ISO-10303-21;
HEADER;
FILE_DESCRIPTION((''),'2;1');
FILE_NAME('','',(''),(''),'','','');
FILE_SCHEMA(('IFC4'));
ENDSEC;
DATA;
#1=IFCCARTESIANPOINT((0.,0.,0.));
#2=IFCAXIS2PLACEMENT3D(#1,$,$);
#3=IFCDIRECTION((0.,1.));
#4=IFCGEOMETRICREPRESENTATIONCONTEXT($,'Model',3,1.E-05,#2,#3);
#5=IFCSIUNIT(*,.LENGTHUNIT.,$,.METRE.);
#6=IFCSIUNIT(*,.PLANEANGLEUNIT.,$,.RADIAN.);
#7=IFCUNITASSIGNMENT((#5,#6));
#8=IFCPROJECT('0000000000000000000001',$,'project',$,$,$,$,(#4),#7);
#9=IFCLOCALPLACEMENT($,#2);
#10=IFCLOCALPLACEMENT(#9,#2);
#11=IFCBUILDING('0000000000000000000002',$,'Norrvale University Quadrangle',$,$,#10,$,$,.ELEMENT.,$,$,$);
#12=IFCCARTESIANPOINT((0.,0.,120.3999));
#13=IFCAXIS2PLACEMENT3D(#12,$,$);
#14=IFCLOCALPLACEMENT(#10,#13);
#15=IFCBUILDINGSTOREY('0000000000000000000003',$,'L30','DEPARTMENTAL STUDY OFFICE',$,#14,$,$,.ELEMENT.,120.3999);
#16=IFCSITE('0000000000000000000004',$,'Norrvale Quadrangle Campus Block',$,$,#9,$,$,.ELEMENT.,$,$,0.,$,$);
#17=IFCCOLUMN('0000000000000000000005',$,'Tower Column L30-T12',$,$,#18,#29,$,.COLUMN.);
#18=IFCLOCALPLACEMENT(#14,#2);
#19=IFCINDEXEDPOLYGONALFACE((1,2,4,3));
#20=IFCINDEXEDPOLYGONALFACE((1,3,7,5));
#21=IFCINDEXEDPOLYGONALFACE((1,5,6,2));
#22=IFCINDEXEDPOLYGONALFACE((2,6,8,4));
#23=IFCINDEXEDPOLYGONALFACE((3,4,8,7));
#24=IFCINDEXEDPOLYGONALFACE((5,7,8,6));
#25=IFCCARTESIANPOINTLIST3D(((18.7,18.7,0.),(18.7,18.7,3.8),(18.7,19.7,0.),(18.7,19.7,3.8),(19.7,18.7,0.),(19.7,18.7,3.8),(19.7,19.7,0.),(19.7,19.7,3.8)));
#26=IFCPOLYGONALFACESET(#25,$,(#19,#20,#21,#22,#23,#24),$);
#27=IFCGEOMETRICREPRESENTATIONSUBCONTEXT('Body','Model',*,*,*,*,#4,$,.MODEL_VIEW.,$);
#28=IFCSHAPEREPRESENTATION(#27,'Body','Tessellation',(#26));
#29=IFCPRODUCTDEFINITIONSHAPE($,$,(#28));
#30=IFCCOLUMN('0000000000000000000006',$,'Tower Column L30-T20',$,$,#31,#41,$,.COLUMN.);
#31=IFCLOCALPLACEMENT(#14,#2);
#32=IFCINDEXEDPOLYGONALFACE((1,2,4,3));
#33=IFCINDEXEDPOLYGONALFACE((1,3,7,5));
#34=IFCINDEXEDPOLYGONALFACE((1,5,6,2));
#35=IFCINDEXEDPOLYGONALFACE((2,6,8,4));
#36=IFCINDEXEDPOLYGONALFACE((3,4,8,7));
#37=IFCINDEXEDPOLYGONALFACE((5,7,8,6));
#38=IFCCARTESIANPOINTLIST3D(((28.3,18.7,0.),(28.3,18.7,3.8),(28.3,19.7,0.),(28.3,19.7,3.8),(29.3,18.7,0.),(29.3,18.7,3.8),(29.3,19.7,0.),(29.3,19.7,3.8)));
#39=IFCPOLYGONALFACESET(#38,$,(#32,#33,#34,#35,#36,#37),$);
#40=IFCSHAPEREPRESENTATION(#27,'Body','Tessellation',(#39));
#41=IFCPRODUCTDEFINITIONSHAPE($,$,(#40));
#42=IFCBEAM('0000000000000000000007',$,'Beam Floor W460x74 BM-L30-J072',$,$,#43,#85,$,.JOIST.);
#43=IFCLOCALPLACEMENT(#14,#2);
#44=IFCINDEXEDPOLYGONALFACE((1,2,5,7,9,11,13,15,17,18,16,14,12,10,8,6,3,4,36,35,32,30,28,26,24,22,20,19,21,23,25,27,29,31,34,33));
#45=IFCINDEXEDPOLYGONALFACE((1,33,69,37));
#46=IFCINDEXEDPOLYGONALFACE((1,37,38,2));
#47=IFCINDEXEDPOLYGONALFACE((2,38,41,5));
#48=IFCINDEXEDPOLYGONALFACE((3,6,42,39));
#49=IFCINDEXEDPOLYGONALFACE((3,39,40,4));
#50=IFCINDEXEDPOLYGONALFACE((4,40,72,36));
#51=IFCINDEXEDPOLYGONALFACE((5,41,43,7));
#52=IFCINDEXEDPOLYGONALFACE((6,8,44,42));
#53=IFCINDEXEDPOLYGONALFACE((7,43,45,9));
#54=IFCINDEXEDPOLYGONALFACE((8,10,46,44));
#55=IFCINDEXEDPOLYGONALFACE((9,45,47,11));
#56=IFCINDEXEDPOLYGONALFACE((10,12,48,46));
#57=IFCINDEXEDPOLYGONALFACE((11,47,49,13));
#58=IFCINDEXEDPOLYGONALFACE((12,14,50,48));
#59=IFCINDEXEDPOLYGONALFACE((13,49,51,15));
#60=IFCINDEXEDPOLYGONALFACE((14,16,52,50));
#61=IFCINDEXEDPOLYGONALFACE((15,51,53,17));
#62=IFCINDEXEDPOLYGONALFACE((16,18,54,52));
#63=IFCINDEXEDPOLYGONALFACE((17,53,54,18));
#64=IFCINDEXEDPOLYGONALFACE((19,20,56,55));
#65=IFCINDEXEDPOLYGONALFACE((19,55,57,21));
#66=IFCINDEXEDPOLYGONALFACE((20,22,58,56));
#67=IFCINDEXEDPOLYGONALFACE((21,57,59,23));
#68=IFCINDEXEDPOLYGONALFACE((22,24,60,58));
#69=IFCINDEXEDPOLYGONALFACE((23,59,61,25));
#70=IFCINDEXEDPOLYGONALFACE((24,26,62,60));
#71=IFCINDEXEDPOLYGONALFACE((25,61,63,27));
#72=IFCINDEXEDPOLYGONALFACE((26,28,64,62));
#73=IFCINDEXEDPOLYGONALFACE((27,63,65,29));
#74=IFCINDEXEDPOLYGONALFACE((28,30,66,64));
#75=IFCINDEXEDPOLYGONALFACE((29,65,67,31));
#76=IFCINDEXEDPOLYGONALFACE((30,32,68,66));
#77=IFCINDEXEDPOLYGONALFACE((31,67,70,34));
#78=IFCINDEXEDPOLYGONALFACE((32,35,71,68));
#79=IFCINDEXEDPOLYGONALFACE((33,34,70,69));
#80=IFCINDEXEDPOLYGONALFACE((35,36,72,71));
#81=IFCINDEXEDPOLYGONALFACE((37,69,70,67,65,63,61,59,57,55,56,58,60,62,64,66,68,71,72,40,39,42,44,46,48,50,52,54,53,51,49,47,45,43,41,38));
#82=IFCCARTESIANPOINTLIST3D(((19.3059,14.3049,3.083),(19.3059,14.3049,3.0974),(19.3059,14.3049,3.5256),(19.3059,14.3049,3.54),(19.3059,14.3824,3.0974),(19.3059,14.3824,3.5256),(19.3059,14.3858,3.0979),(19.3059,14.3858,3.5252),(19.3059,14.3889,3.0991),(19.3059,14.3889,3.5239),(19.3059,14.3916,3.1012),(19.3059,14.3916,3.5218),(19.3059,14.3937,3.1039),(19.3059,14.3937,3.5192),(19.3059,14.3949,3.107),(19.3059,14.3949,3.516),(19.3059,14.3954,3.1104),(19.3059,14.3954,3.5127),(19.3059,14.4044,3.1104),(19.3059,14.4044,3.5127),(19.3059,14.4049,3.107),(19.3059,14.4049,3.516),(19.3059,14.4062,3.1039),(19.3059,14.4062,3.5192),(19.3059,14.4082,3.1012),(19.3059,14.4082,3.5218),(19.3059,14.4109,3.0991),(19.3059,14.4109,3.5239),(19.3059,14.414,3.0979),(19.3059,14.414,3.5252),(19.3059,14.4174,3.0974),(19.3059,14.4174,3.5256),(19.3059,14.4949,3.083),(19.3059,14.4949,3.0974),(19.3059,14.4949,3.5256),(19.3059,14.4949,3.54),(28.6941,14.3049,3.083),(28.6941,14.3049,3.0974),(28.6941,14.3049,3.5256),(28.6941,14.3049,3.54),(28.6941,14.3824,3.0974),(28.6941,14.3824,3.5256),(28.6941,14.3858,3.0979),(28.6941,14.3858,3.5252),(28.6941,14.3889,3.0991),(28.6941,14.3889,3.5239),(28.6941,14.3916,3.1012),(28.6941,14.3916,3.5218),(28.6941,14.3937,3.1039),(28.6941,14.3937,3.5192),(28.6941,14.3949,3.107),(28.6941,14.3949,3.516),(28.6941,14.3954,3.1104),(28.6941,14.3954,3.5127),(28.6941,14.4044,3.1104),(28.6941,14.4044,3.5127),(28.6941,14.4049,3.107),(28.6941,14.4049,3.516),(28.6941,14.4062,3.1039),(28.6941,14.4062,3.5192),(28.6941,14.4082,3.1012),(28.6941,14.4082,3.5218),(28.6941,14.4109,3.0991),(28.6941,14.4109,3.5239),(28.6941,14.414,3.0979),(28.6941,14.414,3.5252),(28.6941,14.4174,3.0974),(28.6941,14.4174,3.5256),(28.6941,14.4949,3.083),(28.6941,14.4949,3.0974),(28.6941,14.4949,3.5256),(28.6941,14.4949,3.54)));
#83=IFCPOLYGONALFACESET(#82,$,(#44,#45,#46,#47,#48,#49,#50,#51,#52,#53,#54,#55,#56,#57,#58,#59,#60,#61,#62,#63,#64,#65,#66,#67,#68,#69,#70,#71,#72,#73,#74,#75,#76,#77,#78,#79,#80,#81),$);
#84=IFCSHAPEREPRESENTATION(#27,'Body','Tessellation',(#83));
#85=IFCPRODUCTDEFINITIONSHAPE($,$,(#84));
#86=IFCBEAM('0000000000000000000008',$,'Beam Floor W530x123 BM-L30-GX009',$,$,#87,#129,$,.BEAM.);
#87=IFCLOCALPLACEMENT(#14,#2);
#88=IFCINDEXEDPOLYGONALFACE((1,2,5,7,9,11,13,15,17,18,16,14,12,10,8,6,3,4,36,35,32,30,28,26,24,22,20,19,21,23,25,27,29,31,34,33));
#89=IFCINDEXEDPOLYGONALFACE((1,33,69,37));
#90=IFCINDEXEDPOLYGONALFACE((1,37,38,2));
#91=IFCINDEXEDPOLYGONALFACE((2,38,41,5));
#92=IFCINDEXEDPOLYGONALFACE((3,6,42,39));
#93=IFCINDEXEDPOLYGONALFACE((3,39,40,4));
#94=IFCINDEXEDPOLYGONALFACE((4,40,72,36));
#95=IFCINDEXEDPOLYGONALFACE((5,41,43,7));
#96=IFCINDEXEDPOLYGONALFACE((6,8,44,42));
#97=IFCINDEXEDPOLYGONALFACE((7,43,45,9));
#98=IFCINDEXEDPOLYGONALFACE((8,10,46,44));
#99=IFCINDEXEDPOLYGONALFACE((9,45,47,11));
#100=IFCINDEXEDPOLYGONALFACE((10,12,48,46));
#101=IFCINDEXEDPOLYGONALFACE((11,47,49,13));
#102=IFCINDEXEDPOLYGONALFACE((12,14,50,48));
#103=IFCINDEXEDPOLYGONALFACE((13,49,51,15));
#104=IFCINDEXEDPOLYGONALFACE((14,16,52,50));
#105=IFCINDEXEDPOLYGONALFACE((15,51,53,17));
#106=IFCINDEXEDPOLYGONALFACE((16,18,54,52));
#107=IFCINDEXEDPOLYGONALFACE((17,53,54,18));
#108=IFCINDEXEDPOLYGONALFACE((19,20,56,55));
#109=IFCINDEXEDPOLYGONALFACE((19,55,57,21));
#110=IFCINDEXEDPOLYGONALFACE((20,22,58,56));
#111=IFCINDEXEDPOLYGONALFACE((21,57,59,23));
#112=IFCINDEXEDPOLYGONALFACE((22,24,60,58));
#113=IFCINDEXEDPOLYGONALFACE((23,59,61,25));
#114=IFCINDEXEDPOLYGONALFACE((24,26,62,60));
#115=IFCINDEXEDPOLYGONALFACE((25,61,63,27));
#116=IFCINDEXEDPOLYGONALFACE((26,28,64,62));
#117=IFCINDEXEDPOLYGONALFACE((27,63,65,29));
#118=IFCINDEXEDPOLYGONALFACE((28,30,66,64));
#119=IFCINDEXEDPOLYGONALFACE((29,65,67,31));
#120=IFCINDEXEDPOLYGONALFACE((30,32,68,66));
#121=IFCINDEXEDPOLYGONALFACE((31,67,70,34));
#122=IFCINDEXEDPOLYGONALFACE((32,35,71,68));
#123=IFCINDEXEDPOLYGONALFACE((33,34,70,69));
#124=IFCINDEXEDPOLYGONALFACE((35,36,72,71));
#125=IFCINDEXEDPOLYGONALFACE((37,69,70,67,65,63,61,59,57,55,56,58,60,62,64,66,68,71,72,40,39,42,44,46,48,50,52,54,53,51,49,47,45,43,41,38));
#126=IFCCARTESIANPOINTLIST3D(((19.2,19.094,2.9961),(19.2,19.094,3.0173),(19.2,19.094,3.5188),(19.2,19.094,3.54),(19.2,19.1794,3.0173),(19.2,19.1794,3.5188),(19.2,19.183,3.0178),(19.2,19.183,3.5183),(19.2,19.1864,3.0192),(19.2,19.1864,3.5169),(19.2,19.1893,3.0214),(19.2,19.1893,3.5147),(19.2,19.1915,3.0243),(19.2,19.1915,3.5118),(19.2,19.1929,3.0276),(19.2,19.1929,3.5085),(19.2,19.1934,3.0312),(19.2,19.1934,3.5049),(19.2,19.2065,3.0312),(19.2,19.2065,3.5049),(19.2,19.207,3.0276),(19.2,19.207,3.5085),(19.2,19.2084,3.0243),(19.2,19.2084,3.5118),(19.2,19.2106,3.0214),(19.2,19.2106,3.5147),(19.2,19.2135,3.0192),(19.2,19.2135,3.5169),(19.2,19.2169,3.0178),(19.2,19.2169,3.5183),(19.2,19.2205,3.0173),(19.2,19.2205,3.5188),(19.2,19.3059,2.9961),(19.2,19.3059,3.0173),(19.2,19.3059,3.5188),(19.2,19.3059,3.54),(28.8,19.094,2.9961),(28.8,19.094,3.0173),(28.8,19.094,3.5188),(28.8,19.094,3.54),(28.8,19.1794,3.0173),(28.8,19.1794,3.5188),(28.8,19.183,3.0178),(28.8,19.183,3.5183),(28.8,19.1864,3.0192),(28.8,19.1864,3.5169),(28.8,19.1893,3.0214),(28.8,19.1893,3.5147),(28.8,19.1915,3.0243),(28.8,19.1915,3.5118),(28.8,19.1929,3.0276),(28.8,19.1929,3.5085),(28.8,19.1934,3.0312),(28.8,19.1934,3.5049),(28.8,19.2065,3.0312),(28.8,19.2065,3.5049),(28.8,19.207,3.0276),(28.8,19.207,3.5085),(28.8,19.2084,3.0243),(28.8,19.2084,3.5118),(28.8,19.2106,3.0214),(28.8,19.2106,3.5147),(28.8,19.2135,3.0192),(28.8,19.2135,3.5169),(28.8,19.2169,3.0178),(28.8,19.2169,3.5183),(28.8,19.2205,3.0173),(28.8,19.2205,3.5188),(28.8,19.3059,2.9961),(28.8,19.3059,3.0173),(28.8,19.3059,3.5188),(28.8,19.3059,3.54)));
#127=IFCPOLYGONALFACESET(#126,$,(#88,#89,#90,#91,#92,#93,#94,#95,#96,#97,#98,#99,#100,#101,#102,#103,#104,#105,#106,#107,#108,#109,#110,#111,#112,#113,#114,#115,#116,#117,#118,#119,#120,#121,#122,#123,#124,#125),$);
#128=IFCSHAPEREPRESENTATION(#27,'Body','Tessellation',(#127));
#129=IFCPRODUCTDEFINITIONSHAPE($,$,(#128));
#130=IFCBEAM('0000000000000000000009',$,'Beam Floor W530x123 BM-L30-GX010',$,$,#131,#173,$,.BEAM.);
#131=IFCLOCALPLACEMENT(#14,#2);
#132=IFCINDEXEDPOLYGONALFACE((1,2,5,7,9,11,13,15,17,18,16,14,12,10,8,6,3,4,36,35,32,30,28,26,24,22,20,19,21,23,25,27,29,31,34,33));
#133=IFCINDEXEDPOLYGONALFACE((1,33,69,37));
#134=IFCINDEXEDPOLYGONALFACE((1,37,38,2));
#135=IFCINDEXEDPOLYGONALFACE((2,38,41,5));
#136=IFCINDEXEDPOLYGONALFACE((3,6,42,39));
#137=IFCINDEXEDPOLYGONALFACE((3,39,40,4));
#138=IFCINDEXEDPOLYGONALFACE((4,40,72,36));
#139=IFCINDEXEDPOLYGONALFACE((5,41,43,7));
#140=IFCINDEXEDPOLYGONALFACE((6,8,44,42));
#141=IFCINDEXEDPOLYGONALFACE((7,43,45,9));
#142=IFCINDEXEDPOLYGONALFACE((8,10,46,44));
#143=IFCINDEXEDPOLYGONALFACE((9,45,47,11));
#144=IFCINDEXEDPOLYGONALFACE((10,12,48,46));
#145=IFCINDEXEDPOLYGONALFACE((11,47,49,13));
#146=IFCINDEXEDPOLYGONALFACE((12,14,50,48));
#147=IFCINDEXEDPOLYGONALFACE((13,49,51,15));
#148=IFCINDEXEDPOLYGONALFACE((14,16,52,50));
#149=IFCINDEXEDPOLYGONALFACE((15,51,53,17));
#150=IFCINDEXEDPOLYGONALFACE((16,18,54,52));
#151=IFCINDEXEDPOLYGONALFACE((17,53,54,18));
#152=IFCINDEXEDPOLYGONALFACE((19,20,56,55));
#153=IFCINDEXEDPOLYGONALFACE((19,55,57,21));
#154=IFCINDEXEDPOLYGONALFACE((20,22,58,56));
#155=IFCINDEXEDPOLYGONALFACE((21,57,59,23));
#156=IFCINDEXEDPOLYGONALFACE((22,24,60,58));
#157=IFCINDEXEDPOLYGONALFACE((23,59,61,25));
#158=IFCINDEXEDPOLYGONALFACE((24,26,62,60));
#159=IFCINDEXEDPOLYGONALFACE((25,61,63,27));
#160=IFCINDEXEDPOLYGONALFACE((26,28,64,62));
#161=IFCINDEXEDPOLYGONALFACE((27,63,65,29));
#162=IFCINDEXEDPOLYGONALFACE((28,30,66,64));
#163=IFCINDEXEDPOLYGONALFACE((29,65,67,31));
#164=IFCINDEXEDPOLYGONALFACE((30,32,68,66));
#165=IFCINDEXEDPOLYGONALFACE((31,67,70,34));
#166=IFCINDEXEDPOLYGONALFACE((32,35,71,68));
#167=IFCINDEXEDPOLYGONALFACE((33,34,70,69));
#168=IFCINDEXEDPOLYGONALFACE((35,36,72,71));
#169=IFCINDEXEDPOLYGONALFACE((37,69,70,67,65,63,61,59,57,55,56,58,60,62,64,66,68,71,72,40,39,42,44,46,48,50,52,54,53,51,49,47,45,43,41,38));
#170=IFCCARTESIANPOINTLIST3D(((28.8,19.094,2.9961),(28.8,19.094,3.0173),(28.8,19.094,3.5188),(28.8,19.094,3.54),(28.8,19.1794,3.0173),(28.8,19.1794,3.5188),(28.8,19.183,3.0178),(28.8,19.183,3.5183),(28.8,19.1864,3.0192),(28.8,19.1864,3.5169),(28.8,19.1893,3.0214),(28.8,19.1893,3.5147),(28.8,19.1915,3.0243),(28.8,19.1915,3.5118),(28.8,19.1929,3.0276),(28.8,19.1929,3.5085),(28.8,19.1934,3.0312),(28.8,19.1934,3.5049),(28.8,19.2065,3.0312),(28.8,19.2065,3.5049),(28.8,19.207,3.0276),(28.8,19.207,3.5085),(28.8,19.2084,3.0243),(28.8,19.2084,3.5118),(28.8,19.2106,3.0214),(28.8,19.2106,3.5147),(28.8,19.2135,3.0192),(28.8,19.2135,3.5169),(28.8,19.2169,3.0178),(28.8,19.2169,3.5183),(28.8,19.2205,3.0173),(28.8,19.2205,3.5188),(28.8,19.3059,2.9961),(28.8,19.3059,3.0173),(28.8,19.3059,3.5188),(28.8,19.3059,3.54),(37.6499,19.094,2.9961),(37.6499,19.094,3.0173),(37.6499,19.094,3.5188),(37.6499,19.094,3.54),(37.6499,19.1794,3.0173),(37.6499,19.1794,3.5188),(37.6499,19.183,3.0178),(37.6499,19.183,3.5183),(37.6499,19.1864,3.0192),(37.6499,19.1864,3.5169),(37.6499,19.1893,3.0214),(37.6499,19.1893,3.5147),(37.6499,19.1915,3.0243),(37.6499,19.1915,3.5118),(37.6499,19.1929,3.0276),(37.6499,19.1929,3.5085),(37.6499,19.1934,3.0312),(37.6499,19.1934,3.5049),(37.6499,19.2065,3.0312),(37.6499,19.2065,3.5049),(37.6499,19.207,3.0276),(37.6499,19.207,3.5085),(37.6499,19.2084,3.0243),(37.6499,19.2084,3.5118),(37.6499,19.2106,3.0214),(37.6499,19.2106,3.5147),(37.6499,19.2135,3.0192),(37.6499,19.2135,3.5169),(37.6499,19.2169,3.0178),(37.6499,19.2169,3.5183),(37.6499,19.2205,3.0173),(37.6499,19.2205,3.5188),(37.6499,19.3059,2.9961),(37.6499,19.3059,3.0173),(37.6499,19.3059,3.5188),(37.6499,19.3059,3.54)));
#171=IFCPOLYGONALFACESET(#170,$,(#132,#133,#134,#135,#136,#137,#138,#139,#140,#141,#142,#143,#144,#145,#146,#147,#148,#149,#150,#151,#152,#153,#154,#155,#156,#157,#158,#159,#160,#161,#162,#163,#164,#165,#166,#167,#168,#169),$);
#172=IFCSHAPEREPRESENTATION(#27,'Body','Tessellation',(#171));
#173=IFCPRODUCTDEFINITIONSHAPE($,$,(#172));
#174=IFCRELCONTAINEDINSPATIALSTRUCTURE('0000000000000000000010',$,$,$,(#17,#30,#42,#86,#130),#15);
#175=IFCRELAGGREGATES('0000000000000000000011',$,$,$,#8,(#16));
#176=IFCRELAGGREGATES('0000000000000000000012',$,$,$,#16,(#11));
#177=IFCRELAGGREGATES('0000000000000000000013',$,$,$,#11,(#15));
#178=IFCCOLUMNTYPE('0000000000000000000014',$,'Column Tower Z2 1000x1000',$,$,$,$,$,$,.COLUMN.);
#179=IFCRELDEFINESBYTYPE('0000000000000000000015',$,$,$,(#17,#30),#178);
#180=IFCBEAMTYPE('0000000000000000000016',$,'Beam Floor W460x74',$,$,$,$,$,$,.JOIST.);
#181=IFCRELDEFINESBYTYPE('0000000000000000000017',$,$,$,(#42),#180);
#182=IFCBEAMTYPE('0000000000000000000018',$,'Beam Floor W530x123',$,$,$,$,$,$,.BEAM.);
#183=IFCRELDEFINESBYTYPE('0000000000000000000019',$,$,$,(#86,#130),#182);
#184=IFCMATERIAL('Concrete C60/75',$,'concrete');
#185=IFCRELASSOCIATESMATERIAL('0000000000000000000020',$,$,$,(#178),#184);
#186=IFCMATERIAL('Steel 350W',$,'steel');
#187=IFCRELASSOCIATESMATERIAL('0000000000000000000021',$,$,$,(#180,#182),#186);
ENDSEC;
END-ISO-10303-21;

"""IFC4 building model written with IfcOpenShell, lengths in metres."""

from ifc_helpers import new_model, si_unit, direction, frame, origin, origin_2d, place, context, subcontext, project, spatial, rectangle, i_section, extrude, material, material_profile, profile_set, type_object, element, save


model = new_model("IFC4")

# Units and contexts
model_context = context("Model", 3, precision=1e-05, world=origin(), true_north=direction((0.0, 1.0)))
body_context = subcontext(model_context, "Body", "Model", "MODEL_VIEW")
ifc_project = project(units=[si_unit("LENGTHUNIT", "METRE"), si_unit("PLANEANGLEUNIT", "RADIAN")], contexts=[model_context])

# Site, building, storey
site_placement = place(None, origin())
site = spatial("IfcSite", under=ifc_project, at=site_placement, Name="Norrvale Quadrangle Campus Block", CompositionType="ELEMENT", RefElevation=0.0)
building_placement = place(site_placement, origin())
building = spatial("IfcBuilding", under=site, at=building_placement, Name="Norrvale University Quadrangle", CompositionType="ELEMENT")
storey_placement = place(building_placement, frame((0.0, 0.0, 120.3999)))
storey = spatial("IfcBuildingStorey", under=building, at=storey_placement, Name="L30", Description="DEPARTMENTAL STUDY OFFICE", CompositionType="ELEMENT", Elevation=120.3999)

# Columns
ifc_material_1 = material(Name="Concrete C60/75", Category="concrete")
ifc_material_profile_1 = material_profile(ifc_material_1, rectangle(XDim=1.0, YDim=1.0, at=origin_2d()), Name="Concrete C60/75")
ifc_profile_set_1 = profile_set([ifc_material_profile_1], Name="Concrete C60/75")
column_type = type_object("IfcColumnType", Name="Column Tower Z2 1000x1000", PredefinedType="COLUMN", material=ifc_profile_set_1)
for number, where, z_axis, x_axis, name in (
    (1, (19.2, 19.2, 0.0), (0.0, 0.0, 1.0), (1.0, 0.0, 0.0), "Tower Column L30-T12"),
    (2, (28.8, 19.2, 0.0), (0.0, 0.0, 1.0), (1.0, 0.0, 0.0), "Tower Column L30-T20"),
):
    element("IfcColumn", number, at=place(storey_placement, frame(where, z_axis=z_axis, x_axis=x_axis)), inside=storey, type_object=column_type, Name=name, PredefinedType="COLUMN", context=body_context, shape_type="SweptSolid", body=[
        extrude(rectangle(XDim=1.0, YDim=1.0, at=origin_2d()), origin(), (0.0, 0.0, 1.0), 3.8),
    ])

# Beams
ifc_material_2 = material(Name="Steel 350W", Category="steel")
ifc_material_profile_2 = material_profile(ifc_material_2, i_section(OverallWidth=0.1899, OverallDepth=0.457, WebThickness=0.009, FlangeThickness=0.0144, FilletRadius=0.0129, at=origin_2d()), Name="Steel 350W")
ifc_profile_set_2 = profile_set([ifc_material_profile_2], Name="Steel 350W")
beam_type_1 = type_object("IfcBeamType", Name="Beam Floor W460x74", PredefinedType="JOIST", material=ifc_profile_set_2)
beam_1_placement = place(storey_placement, frame((19.3059, 14.3999, 3.3115), z_axis=(1.0, 0.0, 0.0), x_axis=(0.0, 1.0, 0.0)))
element("IfcBeam", 3, at=beam_1_placement, inside=storey, type_object=beam_type_1, Name="Beam Floor W460x74 BM-L30-J072", PredefinedType="JOIST", context=body_context, shape_type="SweptSolid", body=[
    extrude(i_section(OverallWidth=0.1899, OverallDepth=0.457, WebThickness=0.009, FlangeThickness=0.0144, FilletRadius=0.0129, at=origin_2d()), origin(), (0.0, 0.0, 1.0), 9.3882),
])
ifc_material_profile_3 = material_profile(ifc_material_2, i_section(OverallWidth=0.2119, OverallDepth=0.5439, WebThickness=0.0132, FlangeThickness=0.0212, FilletRadius=0.0139, at=origin_2d()), Name="Steel 350W")
ifc_profile_set_3 = profile_set([ifc_material_profile_3], Name="Steel 350W")
beam_type_2 = type_object("IfcBeamType", Name="Beam Floor W530x123", PredefinedType="BEAM", material=ifc_profile_set_3)
beam_2_placement = place(storey_placement, frame((19.2, 19.2, 3.2681), z_axis=(1.0, 0.0, 0.0), x_axis=(0.0, 1.0, 0.0)))
element("IfcBeam", 4, at=beam_2_placement, inside=storey, type_object=beam_type_2, Name="Beam Floor W530x123 BM-L30-GX009", PredefinedType="BEAM", context=body_context, shape_type="SweptSolid", body=[
    extrude(i_section(OverallWidth=0.2119, OverallDepth=0.5439, WebThickness=0.0132, FlangeThickness=0.0212, FilletRadius=0.0139, at=origin_2d()), origin(), (0.0, 0.0, 1.0), 9.6001),
])
beam_3_placement = place(storey_placement, frame((28.8, 19.2, 3.2681), z_axis=(1.0, 0.0, 0.0), x_axis=(0.0, 1.0, 0.0)))
element("IfcBeam", 5, at=beam_3_placement, inside=storey, type_object=beam_type_2, Name="Beam Floor W530x123 BM-L30-GX010", PredefinedType="BEAM", context=body_context, shape_type="SweptSolid", body=[
    extrude(i_section(OverallWidth=0.2119, OverallDepth=0.5439, WebThickness=0.0132, FlangeThickness=0.0212, FilletRadius=0.0139, at=origin_2d()), origin(), (0.0, 0.0, 1.0), 8.8499),
])

save(model, "model.ifc")
